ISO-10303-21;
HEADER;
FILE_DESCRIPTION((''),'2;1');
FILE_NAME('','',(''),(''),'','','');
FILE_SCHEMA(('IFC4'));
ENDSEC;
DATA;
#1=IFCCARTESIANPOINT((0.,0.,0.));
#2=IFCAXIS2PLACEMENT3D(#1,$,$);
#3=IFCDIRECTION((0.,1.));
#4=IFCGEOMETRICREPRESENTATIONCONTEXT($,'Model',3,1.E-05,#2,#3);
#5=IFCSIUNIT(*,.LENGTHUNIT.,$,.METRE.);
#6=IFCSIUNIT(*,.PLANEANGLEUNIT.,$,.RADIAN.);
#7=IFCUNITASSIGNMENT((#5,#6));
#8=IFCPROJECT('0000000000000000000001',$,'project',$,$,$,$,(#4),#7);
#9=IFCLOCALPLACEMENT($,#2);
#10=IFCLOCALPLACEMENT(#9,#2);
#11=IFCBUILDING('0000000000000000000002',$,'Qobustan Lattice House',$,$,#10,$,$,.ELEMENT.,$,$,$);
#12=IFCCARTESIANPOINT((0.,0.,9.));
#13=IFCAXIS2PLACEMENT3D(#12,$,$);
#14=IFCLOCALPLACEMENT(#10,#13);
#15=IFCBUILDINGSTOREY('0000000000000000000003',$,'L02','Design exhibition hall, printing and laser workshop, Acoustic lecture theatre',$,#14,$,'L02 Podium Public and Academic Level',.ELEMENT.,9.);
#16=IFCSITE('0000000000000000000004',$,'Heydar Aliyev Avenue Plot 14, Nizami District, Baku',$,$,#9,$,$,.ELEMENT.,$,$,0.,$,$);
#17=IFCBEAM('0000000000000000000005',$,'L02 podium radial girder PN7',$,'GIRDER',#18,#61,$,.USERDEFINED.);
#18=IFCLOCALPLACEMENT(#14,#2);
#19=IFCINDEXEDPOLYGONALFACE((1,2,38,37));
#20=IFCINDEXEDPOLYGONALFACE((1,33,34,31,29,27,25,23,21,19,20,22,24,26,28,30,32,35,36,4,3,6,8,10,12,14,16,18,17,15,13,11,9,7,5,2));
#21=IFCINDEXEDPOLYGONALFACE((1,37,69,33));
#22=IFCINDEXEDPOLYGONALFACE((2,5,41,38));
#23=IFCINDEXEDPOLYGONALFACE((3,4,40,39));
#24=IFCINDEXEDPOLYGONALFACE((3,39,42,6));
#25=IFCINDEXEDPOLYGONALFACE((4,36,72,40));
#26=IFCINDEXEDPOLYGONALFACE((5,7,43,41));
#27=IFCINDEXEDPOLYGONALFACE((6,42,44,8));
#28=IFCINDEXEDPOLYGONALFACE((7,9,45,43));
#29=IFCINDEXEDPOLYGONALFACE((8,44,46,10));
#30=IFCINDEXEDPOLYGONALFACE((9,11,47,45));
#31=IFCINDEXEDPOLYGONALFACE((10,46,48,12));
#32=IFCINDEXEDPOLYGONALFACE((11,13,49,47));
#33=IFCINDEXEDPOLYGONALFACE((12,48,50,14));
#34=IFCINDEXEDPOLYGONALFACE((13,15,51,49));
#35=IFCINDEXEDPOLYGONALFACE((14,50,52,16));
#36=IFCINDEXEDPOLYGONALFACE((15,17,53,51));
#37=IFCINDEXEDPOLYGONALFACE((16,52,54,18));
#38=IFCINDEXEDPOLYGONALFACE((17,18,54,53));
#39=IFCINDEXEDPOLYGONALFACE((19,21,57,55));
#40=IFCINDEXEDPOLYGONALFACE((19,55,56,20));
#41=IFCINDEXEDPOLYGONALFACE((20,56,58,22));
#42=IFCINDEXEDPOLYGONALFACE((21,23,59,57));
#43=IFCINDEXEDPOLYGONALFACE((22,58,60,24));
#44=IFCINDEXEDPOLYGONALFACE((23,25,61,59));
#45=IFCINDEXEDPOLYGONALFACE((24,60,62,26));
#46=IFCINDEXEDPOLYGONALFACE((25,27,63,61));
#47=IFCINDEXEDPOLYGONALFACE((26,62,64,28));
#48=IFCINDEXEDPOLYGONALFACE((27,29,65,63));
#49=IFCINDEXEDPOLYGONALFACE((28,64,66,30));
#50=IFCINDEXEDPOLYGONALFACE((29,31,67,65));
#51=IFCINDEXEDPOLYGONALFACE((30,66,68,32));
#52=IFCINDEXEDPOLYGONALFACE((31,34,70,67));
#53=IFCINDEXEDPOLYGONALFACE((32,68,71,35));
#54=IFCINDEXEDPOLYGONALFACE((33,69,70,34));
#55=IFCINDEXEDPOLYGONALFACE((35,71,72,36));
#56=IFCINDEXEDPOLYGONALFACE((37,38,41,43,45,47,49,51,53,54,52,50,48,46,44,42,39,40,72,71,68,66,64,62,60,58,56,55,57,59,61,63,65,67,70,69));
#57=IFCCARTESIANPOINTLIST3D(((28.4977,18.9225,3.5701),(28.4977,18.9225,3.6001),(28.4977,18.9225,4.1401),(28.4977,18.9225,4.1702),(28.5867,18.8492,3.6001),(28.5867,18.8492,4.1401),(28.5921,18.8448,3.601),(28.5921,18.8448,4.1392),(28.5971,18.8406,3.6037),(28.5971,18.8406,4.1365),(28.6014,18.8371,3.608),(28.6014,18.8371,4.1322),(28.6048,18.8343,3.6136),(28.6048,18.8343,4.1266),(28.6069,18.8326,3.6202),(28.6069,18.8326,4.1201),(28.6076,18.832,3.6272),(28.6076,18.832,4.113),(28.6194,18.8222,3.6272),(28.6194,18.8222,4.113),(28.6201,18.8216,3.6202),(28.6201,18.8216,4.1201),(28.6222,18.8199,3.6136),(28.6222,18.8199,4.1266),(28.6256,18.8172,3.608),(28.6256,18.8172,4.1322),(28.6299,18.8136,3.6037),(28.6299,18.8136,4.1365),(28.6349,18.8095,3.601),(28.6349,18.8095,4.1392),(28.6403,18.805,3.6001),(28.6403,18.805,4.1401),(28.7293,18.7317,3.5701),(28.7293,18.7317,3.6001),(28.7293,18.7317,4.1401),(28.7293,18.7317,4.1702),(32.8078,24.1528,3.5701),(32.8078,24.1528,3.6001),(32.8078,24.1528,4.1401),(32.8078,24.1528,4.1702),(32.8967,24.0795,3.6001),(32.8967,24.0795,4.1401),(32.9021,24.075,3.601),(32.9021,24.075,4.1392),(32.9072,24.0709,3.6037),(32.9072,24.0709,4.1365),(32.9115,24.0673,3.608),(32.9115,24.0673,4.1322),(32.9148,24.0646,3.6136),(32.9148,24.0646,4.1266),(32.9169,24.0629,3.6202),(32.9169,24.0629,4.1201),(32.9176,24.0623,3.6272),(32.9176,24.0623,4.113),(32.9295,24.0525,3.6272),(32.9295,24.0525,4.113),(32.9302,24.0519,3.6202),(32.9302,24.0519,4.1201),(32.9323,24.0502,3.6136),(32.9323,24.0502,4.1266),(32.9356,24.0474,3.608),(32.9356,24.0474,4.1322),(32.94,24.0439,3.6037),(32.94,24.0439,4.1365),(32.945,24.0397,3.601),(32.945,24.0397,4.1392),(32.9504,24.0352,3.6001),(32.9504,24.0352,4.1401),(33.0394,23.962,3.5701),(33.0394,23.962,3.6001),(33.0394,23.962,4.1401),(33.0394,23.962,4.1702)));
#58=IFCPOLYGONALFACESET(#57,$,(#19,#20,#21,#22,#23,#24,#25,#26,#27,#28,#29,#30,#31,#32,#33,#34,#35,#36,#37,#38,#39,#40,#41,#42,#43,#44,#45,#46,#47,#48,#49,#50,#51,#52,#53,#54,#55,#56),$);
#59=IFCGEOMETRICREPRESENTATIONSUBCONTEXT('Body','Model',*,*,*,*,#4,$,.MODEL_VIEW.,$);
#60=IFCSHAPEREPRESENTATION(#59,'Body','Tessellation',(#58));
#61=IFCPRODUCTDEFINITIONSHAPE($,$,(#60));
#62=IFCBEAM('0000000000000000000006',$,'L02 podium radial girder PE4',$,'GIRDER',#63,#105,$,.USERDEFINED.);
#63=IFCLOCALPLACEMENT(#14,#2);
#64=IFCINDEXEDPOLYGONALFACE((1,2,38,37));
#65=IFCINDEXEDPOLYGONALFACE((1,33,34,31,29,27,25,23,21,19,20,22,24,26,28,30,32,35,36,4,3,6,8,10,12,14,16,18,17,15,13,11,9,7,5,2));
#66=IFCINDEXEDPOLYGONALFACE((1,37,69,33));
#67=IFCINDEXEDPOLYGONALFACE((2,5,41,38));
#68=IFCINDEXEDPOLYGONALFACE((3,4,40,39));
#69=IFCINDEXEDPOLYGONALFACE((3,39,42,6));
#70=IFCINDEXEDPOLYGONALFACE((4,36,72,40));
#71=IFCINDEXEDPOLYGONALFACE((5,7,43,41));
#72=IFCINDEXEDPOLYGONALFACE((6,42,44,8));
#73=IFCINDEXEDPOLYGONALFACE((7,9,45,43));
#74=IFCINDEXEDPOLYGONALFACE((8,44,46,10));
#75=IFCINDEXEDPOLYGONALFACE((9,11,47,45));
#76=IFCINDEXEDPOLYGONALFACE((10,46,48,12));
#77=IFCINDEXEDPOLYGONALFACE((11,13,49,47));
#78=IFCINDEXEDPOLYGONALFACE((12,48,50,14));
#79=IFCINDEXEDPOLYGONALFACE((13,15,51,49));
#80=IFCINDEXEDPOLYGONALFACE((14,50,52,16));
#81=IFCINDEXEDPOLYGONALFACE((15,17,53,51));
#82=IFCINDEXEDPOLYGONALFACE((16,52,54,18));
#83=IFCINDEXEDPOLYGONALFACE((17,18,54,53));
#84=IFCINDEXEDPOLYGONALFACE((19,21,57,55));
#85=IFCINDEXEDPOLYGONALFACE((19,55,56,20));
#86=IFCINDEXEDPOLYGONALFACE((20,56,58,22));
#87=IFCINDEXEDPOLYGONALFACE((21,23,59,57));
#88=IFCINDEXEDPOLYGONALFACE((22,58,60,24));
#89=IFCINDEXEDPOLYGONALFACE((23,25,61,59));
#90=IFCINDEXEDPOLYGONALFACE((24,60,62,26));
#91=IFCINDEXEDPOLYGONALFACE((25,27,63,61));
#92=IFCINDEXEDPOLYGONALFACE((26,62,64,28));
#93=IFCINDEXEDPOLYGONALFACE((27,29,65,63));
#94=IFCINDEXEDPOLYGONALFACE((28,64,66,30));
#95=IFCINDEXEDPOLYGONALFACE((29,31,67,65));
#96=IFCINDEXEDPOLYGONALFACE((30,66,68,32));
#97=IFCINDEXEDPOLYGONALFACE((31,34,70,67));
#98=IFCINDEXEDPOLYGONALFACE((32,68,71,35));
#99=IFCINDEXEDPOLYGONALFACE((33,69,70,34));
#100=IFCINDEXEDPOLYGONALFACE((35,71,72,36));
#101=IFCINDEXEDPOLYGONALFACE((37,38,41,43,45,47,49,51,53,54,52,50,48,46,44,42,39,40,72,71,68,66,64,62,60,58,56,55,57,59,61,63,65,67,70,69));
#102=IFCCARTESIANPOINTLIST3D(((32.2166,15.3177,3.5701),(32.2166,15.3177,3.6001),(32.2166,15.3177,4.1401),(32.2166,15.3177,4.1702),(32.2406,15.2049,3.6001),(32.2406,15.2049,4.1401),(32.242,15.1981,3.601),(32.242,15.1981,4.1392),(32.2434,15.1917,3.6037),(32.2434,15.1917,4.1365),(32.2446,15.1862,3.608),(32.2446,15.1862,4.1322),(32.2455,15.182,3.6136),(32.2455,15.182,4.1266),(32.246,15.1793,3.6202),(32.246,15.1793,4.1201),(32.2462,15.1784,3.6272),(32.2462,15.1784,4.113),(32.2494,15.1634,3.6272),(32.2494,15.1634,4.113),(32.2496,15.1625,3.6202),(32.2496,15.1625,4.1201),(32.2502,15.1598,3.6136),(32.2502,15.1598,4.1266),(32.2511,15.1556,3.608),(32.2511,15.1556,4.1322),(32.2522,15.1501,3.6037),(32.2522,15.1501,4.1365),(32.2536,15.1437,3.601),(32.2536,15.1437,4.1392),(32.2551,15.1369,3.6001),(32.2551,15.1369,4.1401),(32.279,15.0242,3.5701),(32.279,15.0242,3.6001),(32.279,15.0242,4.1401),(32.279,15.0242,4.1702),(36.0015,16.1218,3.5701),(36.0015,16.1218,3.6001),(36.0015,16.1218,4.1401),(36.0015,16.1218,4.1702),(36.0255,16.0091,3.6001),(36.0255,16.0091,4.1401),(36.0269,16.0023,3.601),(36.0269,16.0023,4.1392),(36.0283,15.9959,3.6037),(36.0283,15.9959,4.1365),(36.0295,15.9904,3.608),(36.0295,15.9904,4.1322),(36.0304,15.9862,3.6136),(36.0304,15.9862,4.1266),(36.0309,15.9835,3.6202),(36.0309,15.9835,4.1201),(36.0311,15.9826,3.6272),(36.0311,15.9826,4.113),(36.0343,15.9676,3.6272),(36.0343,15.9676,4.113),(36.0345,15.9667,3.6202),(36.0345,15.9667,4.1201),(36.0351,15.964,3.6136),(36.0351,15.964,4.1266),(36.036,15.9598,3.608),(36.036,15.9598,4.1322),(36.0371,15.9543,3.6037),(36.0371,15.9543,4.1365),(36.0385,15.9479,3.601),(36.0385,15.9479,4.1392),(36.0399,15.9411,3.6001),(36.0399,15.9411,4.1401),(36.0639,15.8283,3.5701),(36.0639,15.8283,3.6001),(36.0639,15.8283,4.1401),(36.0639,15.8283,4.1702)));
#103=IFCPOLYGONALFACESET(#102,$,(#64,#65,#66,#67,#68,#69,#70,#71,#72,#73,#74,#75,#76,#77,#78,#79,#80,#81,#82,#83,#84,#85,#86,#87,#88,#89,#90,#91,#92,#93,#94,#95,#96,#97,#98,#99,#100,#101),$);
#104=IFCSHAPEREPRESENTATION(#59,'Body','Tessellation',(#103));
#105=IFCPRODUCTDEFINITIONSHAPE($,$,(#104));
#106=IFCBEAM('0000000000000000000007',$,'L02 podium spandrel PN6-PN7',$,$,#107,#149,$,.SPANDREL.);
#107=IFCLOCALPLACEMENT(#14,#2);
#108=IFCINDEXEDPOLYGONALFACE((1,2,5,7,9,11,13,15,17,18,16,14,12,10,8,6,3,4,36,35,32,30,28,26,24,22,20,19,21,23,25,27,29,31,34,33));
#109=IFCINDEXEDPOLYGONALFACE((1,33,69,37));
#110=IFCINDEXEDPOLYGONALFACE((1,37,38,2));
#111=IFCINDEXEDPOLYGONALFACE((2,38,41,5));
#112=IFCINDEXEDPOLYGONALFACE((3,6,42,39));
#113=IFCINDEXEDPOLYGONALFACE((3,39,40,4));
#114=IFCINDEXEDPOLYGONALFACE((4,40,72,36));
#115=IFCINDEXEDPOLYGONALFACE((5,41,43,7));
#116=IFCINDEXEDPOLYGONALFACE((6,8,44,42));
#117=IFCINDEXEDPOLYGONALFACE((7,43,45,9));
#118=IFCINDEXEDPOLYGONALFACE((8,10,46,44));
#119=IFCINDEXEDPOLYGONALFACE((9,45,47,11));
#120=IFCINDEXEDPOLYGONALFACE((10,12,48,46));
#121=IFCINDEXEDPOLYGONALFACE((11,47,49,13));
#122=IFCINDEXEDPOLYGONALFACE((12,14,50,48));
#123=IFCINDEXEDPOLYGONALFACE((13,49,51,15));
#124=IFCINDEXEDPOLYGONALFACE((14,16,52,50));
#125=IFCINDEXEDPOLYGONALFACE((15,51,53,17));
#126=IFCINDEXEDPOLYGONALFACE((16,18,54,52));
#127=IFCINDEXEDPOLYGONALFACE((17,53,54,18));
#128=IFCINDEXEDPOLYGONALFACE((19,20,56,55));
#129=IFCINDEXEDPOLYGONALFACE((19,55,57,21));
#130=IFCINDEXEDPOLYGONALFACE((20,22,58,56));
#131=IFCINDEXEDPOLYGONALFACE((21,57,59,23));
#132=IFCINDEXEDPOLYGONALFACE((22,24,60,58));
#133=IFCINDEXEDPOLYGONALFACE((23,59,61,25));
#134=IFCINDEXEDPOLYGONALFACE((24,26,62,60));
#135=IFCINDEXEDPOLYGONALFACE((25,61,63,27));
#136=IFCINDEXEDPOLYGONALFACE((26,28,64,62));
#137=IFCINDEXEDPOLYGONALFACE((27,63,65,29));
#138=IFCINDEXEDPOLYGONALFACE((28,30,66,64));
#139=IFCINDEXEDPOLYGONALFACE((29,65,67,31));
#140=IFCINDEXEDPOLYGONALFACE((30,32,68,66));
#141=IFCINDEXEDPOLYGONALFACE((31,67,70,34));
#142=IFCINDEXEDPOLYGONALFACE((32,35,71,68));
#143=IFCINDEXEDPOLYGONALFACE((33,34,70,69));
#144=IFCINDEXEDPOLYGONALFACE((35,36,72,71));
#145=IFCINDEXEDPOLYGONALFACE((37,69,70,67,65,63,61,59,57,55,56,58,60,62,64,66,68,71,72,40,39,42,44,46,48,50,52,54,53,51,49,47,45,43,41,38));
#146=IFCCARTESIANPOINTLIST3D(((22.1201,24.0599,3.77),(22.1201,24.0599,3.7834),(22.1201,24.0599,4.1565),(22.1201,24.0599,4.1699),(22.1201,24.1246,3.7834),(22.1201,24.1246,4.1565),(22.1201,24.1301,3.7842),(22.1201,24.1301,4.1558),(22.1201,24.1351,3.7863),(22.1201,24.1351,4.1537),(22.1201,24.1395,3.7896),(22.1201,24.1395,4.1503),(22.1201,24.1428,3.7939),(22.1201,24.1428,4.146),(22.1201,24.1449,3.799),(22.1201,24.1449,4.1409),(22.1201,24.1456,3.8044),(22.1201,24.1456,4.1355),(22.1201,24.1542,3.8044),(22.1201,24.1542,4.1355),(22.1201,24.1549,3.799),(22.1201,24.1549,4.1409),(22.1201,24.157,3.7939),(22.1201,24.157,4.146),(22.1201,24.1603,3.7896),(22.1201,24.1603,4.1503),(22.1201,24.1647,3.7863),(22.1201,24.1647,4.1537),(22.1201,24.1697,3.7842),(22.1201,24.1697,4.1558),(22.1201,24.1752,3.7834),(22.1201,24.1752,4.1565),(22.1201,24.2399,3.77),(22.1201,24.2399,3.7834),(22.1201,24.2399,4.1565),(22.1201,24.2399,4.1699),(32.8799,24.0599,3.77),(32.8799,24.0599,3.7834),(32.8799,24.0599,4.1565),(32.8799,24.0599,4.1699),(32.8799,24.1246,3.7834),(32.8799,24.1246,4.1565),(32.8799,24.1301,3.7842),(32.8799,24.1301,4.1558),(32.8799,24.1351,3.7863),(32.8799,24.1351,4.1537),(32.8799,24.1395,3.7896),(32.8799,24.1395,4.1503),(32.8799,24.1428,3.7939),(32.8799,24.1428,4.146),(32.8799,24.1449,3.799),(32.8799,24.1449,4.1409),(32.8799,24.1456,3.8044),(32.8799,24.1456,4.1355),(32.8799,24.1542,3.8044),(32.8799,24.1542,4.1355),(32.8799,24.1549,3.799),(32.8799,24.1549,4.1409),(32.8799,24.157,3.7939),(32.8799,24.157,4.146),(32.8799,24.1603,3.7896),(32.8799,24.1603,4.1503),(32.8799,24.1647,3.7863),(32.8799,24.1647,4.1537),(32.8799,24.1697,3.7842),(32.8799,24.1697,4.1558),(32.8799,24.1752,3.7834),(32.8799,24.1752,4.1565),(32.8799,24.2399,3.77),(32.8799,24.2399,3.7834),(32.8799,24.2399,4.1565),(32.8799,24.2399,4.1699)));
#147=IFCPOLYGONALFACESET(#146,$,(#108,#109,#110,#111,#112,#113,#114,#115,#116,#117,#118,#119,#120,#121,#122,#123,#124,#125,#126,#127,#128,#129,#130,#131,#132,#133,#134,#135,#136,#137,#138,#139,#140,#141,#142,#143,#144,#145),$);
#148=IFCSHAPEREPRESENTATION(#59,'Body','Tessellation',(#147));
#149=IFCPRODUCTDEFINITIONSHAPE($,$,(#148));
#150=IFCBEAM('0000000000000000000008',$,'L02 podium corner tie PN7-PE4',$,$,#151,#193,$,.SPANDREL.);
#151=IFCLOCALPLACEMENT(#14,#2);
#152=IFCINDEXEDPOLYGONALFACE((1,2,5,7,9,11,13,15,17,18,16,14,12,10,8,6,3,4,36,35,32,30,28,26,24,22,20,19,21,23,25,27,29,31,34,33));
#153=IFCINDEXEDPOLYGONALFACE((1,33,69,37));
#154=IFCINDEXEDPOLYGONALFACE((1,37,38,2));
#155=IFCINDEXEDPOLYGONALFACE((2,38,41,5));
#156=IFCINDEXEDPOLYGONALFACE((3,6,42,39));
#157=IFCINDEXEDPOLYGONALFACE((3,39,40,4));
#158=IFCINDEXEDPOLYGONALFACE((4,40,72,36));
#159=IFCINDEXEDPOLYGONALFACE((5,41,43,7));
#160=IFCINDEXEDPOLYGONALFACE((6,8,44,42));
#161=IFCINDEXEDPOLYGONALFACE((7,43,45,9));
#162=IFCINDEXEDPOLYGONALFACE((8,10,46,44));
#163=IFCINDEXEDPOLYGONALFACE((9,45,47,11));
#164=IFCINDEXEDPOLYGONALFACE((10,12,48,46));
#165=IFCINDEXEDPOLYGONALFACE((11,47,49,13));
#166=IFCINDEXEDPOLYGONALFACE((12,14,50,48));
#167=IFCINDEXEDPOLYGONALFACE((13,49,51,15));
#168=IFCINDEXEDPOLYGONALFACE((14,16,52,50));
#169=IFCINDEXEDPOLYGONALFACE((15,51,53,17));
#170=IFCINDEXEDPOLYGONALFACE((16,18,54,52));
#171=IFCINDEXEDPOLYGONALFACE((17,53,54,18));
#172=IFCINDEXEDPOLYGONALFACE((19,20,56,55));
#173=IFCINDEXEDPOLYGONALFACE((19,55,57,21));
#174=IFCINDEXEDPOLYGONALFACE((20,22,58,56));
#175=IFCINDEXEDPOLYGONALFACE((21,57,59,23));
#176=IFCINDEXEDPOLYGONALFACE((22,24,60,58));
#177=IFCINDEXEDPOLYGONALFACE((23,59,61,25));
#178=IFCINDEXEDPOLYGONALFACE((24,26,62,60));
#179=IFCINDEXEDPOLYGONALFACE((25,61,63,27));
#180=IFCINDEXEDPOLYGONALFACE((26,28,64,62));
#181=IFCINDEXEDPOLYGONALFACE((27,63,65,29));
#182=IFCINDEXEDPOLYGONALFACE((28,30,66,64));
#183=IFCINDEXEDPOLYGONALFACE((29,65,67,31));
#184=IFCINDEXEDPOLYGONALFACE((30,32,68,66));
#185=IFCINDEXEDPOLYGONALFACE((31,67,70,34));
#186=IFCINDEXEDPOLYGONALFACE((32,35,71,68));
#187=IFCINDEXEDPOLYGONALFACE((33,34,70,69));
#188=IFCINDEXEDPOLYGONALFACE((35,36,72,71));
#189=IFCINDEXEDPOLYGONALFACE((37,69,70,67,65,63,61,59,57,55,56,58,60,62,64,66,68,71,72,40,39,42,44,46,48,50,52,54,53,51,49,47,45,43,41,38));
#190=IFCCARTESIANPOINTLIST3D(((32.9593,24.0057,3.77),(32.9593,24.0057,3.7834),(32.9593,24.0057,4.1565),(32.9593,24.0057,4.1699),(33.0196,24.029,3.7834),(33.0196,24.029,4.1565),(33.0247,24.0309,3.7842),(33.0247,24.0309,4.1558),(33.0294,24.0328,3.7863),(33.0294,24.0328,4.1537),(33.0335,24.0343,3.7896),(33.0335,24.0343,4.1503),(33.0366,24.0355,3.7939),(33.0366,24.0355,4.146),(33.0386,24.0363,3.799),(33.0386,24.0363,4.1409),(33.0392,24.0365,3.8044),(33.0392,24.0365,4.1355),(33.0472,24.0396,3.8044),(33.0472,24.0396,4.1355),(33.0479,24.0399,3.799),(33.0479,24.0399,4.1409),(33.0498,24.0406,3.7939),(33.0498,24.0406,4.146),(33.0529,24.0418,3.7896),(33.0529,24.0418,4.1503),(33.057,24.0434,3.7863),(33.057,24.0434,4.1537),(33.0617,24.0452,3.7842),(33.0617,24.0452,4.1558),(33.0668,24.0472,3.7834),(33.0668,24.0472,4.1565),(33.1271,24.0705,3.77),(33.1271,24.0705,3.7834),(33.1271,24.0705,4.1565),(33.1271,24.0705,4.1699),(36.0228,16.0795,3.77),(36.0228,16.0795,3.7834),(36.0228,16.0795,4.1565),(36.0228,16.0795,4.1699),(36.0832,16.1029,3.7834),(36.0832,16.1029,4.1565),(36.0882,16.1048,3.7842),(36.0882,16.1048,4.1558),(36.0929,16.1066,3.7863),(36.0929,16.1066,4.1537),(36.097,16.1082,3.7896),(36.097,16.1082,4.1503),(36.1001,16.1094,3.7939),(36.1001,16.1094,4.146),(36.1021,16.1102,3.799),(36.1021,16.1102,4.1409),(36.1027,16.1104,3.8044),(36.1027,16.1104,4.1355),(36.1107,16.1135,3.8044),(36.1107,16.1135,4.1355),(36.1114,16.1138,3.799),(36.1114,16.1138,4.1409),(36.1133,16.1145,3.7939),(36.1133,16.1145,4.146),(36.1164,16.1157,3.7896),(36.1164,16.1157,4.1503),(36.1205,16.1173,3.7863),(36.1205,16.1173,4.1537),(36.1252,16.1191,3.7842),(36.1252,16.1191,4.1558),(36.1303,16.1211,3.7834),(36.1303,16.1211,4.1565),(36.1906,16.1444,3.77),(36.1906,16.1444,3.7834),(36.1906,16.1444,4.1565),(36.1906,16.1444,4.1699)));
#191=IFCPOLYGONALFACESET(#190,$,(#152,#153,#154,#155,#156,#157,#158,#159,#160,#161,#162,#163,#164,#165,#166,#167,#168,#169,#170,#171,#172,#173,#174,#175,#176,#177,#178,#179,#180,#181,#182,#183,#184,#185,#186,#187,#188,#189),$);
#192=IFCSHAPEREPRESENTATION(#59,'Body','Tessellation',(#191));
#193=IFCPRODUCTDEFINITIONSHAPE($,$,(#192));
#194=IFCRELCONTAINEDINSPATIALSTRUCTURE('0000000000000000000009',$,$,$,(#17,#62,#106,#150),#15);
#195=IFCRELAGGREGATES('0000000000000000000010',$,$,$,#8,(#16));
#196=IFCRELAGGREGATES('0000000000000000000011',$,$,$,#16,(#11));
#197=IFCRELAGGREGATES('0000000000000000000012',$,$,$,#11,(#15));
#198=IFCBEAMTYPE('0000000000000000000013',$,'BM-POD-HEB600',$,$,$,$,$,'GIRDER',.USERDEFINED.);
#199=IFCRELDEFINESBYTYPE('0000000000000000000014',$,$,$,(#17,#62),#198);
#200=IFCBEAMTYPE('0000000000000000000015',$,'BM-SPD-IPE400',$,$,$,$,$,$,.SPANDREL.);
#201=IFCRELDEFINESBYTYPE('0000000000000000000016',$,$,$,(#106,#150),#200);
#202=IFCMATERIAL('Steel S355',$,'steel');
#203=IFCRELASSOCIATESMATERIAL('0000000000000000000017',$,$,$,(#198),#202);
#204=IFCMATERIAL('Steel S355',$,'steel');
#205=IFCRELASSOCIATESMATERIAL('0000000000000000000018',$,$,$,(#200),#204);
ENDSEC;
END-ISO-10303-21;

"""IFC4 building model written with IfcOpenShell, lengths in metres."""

from ifc_helpers import new_model, si_unit, direction, frame, origin, origin_2d, place, context, subcontext, project, spatial, i_section, extrude, material, material_profile, profile_set, type_object, element, save


model = new_model("IFC4")

# Units and contexts
model_context = context("Model", 3, precision=1e-05, world=origin(), true_north=direction((0.0, 1.0)))
body_context = subcontext(model_context, "Body", "Model", "MODEL_VIEW")
ifc_project = project(units=[si_unit("LENGTHUNIT", "METRE"), si_unit("PLANEANGLEUNIT", "RADIAN")], contexts=[model_context])

# Site, building, storey
site_placement = place(None, origin())
site = spatial("IfcSite", under=ifc_project, at=site_placement, Name="Heydar Aliyev Avenue Plot 14, Nizami District, Baku", CompositionType="ELEMENT", RefElevation=0.0)
building_placement = place(site_placement, origin())
building = spatial("IfcBuilding", under=site, at=building_placement, Name="Qobustan Lattice House", CompositionType="ELEMENT")
storey_placement = place(building_placement, frame((0.0, 0.0, 9.0)))
storey = spatial("IfcBuildingStorey", under=building, at=storey_placement, Name="L02", Description="Design exhibition hall, printing and laser workshop, Acoustic lecture theatre", LongName="L02 Podium Public and Academic Level", CompositionType="ELEMENT", Elevation=9.0)

# Beams
ifc_material_1 = material(Name="Steel S355", Category="steel")
ifc_material_profile_1 = material_profile(ifc_material_1, i_section(OverallWidth=0.3, OverallDepth=0.6001, WebThickness=0.0154, FlangeThickness=0.03, FilletRadius=0.0271, at=origin_2d()), Name="HEB600")
ifc_profile_set_1 = profile_set([ifc_material_profile_1], Name="Steel S355")
beam_type_1 = type_object("IfcBeamType", Name="BM-POD-HEB600", ElementType="GIRDER", PredefinedType="USERDEFINED", material=ifc_profile_set_1)
beam_1_placement = place(storey_placement, frame((32.9236, 24.0574, 3.8701), z_axis=(-0.635955, -0.771726, 0.0), x_axis=(0.771726, -0.635955, 0.0)))
element("IfcBeam", 1, at=beam_1_placement, inside=storey, type_object=beam_type_1, Name="L02 podium radial girder PN7", ObjectType="GIRDER", PredefinedType="USERDEFINED", context=body_context, shape_type="SweptSolid", body=[
    extrude(i_section(OverallWidth=0.3, OverallDepth=0.6001, WebThickness=0.0154, FlangeThickness=0.03, FilletRadius=0.0271, at=origin_2d()), origin(), (0.0, 0.0, 1.0), 6.7773),
])
beam_2_placement = place(storey_placement, frame((36.0327, 15.9751, 3.8701), z_axis=(-0.978164, -0.207835, 0.0), x_axis=(0.207835, -0.978164, 0.0)))
element("IfcBeam", 2, at=beam_2_placement, inside=storey, type_object=beam_type_1, Name="L02 podium radial girder PE4", ObjectType="GIRDER", PredefinedType="USERDEFINED", context=body_context, shape_type="SweptSolid", body=[
    extrude(i_section(OverallWidth=0.3, OverallDepth=0.6001, WebThickness=0.0154, FlangeThickness=0.03, FilletRadius=0.0271, at=origin_2d()), origin(), (0.0, 0.0, 1.0), 3.8694),
])
ifc_material_2 = material(Name="Steel S355", Category="steel")
ifc_material_profile_2 = material_profile(ifc_material_2, i_section(OverallWidth=0.1799, OverallDepth=0.3999, WebThickness=0.0085, FlangeThickness=0.0134, FilletRadius=0.021, at=origin_2d()), Name="IPE400")
ifc_profile_set_2 = profile_set([ifc_material_profile_2], Name="Steel S355")
beam_type_2 = type_object("IfcBeamType", Name="BM-SPD-IPE400", PredefinedType="SPANDREL", material=ifc_profile_set_2)
beam_3_placement = place(storey_placement, frame((22.1201, 24.1499, 3.97), z_axis=(1.0, 0.0, 0.0), x_axis=(0.0, 1.0, 0.0)))
element("IfcBeam", 3, at=beam_3_placement, inside=storey, type_object=beam_type_2, Name="L02 podium spandrel PN6-PN7", PredefinedType="SPANDREL", context=body_context, shape_type="SweptSolid", body=[
    extrude(i_section(OverallWidth=0.1799, OverallDepth=0.3999, WebThickness=0.0085, FlangeThickness=0.0134, FilletRadius=0.021, at=origin_2d()), origin(), (0.0, 0.0, 1.0), 10.7598),
])
beam_4_placement = place(storey_placement, frame((33.0432, 24.0381, 3.97), z_axis=(0.360517, -0.932753, 0.0), x_axis=(0.932753, 0.360517, 0.0)))
element("IfcBeam", 4, at=beam_4_placement, inside=storey, type_object=beam_type_2, Name="L02 podium corner tie PN7-PE4", PredefinedType="SPANDREL", context=body_context, shape_type="SweptSolid", body=[
    extrude(i_section(OverallWidth=0.1799, OverallDepth=0.3999, WebThickness=0.0085, FlangeThickness=0.0134, FilletRadius=0.021, at=origin_2d()), origin(), (0.0, 0.0, 1.0), 8.4976),
])

save(model, "model.ifc")
